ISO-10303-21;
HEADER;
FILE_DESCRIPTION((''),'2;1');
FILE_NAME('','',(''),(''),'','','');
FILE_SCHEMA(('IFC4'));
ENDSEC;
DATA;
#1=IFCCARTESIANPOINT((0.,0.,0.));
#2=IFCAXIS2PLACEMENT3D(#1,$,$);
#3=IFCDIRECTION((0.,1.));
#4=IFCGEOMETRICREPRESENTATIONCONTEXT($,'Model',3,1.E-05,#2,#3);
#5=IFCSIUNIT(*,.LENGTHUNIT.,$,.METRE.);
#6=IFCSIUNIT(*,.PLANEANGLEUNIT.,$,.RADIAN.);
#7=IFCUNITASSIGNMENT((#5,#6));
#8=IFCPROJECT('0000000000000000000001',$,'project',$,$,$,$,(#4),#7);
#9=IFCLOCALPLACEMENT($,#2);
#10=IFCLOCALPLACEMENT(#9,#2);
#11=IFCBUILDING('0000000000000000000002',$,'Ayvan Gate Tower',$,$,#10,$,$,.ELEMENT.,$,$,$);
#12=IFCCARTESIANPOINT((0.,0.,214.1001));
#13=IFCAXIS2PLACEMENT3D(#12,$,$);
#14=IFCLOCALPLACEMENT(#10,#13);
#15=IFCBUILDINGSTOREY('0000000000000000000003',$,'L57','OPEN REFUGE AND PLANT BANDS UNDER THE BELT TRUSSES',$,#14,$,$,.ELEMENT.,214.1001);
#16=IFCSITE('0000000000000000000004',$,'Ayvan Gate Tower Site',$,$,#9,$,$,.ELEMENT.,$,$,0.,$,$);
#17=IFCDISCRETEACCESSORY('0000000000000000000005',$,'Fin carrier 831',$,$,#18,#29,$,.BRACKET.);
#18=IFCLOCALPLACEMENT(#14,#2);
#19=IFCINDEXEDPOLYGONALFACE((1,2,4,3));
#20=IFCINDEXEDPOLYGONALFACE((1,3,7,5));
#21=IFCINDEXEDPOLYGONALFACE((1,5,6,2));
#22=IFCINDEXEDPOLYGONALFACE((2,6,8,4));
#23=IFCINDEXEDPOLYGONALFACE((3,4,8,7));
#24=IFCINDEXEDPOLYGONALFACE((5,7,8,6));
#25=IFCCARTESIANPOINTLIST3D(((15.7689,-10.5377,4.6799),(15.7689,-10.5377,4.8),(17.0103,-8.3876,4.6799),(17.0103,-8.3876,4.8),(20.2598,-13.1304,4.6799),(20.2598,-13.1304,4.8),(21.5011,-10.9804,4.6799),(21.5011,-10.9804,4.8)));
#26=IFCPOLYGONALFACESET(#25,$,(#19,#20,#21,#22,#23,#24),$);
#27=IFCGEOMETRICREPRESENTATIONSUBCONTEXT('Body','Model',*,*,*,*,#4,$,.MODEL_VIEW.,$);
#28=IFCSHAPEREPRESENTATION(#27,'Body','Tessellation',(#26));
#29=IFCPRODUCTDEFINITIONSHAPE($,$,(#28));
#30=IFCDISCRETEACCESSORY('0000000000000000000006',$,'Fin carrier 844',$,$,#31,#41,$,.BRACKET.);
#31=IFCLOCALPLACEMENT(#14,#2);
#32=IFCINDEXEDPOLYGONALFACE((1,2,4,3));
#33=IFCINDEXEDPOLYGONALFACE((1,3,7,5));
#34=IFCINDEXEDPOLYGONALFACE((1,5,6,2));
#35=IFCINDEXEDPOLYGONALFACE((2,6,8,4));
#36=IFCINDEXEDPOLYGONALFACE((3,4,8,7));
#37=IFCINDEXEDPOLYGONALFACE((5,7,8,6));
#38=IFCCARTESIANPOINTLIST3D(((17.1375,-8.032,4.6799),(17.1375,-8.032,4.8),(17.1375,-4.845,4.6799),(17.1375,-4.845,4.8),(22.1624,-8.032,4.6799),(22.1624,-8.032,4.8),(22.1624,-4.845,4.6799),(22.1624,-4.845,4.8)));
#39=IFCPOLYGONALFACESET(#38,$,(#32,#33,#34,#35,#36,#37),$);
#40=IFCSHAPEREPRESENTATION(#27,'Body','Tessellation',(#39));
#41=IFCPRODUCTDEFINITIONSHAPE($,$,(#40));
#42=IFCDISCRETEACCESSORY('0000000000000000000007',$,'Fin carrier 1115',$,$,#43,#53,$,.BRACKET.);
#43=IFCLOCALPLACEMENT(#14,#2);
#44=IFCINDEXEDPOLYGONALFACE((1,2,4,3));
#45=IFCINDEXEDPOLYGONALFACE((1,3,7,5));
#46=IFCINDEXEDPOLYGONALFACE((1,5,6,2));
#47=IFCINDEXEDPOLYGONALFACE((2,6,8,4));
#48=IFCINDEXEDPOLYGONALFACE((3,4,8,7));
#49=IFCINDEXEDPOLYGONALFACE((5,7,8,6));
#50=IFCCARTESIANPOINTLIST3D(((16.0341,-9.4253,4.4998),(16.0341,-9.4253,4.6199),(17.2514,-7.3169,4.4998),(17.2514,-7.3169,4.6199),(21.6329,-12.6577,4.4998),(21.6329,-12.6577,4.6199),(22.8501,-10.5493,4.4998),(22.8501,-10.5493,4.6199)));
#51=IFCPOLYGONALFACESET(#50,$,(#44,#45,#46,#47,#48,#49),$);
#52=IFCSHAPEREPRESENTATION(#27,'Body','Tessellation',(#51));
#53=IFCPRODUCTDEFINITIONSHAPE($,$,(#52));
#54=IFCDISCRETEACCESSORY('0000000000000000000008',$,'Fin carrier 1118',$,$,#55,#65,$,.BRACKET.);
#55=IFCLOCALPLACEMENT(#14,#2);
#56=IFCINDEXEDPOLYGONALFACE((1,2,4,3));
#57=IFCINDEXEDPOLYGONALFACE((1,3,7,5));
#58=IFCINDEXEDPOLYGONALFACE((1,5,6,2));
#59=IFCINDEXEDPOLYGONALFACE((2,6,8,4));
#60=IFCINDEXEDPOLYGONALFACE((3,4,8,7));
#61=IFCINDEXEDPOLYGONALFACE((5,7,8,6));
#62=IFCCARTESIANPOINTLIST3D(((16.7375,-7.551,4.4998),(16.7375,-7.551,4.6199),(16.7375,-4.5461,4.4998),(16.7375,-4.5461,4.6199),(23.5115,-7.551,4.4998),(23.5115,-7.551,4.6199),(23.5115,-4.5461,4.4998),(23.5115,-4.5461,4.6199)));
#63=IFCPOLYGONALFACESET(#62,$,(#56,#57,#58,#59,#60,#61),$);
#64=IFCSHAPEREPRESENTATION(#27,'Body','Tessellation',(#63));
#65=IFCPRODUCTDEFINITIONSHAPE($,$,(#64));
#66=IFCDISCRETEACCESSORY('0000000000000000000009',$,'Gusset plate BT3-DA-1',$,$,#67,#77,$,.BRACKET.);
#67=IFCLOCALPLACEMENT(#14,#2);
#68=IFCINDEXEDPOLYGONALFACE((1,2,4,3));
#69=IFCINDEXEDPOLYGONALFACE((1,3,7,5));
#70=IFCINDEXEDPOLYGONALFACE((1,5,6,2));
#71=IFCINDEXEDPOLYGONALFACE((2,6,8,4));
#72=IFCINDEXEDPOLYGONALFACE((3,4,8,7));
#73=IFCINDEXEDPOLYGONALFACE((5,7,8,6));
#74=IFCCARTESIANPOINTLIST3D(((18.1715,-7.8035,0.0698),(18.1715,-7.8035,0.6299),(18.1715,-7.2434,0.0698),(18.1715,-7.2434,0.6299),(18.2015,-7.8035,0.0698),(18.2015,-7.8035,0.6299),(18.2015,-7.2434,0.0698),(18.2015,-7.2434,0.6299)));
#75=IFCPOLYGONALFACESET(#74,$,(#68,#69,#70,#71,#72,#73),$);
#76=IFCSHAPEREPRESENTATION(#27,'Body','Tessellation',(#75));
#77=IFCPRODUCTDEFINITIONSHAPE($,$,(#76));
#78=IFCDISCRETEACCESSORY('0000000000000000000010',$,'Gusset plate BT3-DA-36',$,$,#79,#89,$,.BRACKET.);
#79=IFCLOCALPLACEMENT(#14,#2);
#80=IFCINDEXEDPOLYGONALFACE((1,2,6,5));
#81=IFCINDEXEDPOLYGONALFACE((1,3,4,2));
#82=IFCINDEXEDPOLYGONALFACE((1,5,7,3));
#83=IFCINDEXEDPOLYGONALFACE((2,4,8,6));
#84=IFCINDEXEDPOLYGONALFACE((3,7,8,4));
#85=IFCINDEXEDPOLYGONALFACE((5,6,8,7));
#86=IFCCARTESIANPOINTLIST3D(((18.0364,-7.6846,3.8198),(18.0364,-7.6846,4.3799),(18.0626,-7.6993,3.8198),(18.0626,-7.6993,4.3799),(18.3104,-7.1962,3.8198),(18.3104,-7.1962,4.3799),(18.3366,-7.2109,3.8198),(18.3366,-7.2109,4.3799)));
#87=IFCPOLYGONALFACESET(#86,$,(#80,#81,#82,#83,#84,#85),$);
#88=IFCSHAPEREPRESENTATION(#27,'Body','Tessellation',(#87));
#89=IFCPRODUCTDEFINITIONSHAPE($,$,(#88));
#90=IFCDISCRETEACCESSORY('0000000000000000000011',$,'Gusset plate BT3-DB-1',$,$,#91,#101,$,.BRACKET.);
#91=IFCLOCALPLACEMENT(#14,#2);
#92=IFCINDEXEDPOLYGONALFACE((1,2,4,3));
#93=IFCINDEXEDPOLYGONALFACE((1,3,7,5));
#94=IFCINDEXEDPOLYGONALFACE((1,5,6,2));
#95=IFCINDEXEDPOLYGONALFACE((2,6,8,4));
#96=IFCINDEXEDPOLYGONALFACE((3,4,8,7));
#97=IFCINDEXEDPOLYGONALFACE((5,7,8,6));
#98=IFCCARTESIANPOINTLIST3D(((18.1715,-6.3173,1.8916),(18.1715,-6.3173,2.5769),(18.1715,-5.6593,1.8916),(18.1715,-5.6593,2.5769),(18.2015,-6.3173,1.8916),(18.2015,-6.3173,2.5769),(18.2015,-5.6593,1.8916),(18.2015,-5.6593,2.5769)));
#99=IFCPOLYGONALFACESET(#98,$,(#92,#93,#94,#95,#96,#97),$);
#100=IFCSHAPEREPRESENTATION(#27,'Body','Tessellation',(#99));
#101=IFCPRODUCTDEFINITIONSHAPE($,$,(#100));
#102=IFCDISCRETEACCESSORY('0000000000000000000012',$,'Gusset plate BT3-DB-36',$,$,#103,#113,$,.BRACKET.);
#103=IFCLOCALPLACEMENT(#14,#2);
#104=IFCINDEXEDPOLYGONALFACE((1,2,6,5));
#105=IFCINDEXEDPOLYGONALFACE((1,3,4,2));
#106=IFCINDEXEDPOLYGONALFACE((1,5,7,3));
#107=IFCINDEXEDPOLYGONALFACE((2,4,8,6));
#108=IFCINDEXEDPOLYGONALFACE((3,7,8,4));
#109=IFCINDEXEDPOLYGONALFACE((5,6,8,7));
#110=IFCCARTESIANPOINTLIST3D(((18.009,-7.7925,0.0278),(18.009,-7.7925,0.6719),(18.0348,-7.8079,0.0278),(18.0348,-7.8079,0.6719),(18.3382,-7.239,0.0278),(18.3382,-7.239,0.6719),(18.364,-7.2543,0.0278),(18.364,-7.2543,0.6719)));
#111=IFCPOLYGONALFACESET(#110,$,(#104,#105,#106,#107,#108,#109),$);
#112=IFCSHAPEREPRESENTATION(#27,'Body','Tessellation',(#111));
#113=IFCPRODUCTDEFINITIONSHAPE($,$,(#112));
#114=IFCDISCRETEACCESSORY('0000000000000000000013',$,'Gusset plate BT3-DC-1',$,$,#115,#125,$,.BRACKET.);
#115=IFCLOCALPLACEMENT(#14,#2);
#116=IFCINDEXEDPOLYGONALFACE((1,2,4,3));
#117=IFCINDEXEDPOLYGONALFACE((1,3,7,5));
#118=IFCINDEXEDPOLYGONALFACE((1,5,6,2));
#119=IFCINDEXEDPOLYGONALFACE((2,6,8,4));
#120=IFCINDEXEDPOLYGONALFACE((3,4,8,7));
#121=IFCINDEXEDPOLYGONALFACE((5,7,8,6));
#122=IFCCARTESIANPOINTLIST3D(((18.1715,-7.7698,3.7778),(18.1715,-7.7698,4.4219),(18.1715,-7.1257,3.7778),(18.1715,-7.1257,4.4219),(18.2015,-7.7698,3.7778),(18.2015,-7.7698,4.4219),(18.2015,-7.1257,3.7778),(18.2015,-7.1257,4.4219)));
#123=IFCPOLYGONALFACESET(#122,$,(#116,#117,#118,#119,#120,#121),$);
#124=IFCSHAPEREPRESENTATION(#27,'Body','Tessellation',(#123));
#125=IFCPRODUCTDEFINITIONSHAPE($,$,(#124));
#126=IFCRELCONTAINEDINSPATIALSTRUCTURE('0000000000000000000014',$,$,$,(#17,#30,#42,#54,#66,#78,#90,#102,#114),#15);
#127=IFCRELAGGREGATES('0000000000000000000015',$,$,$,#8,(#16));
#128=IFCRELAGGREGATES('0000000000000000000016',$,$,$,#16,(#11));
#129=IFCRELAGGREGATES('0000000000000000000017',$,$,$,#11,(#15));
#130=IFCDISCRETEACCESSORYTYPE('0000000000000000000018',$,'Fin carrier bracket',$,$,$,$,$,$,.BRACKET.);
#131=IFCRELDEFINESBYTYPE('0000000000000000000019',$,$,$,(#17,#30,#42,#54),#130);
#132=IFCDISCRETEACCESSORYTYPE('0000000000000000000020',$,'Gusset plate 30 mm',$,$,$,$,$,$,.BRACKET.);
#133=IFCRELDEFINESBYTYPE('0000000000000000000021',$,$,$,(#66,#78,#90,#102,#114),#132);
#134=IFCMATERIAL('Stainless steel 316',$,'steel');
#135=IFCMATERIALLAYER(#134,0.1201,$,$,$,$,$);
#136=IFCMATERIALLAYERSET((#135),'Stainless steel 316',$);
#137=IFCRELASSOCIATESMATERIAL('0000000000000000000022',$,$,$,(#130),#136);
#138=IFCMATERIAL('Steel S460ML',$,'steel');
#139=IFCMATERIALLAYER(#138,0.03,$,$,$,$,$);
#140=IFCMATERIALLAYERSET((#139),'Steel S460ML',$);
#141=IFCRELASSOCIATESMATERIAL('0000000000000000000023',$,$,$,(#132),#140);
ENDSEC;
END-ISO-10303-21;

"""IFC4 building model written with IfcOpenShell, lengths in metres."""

from ifc_helpers import new_model, si_unit, direction, frame, origin, origin_2d, place, context, subcontext, project, spatial, rectangle, extrude, material, layer, layer_set, type_object, element, save


model = new_model("IFC4")

# Units and contexts
model_context = context("Model", 3, precision=1e-05, world=origin(), true_north=direction((0.0, 1.0)))
body_context = subcontext(model_context, "Body", "Model", "MODEL_VIEW")
ifc_project = project(units=[si_unit("LENGTHUNIT", "METRE"), si_unit("PLANEANGLEUNIT", "RADIAN")], contexts=[model_context])

# Site, building, storey
site_placement = place(None, origin())
site = spatial("IfcSite", under=ifc_project, at=site_placement, Name="Ayvan Gate Tower Site", CompositionType="ELEMENT", RefElevation=0.0)
building_placement = place(site_placement, origin())
building = spatial("IfcBuilding", under=site, at=building_placement, Name="Ayvan Gate Tower", CompositionType="ELEMENT")
storey_placement = place(building_placement, frame((0.0, 0.0, 214.1001)))
storey = spatial("IfcBuildingStorey", under=building, at=storey_placement, Name="L57", Description="OPEN REFUGE AND PLANT BANDS UNDER THE BELT TRUSSES", CompositionType="ELEMENT", Elevation=214.1001)

# Shared definitions
ifc_material_1 = material(Name="Steel S460ML", Category="steel")

# Discrete accessories
ifc_material_2 = material(Name="Stainless steel 316", Category="steel")
ifc_layer_1 = layer(ifc_material_2, 0.1201)
ifc_layer_set_1 = layer_set([ifc_layer_1], Name="Stainless steel 316")
discrete_accessory_type_1 = type_object("IfcDiscreteAccessoryType", Name="Fin carrier bracket", PredefinedType="BRACKET", material=ifc_layer_set_1)
discrete_accessory_1_placement = place(storey_placement, frame((18.635, -10.759, 4.6799), z_axis=(0.0, 0.0, 1.0), x_axis=(0.5, 0.866025, 0.0)))
element("IfcDiscreteAccessory", 1, at=discrete_accessory_1_placement, inside=storey, type_object=discrete_accessory_type_1, Name="Fin carrier 831", PredefinedType="BRACKET", context=body_context, shape_type="SweptSolid", body=[
    extrude(rectangle(XDim=2.4827, YDim=5.1855, at=origin_2d()), origin(), (0.0, 0.0, 1.0), 0.1201),
])
discrete_accessory_2_placement = place(storey_placement, frame((19.6499, -6.4385, 4.6799), z_axis=(0.0, 0.0, 1.0), x_axis=(0.0, 1.0, 0.0)))
element("IfcDiscreteAccessory", 2, at=discrete_accessory_2_placement, inside=storey, type_object=discrete_accessory_type_1, Name="Fin carrier 844", PredefinedType="BRACKET", context=body_context, shape_type="SweptSolid", body=[
    extrude(rectangle(XDim=3.187, YDim=5.0249, at=origin_2d()), origin(), (0.0, 0.0, 1.0), 0.1201),
])
discrete_accessory_3_placement = place(storey_placement, frame((19.4421, -9.9873, 4.4998), z_axis=(0.0, 0.0, 1.0), x_axis=(0.5, 0.866025, 0.0)))
element("IfcDiscreteAccessory", 3, at=discrete_accessory_3_placement, inside=storey, type_object=discrete_accessory_type_1, Name="Fin carrier 1115", PredefinedType="BRACKET", context=body_context, shape_type="SweptSolid", body=[
    extrude(rectangle(XDim=2.4346, YDim=6.4648, at=origin_2d()), origin(), (0.0, 0.0, 1.0), 0.1201),
])
discrete_accessory_4_placement = place(storey_placement, frame((20.1245, -6.0486, 4.4998), z_axis=(0.0, 0.0, 1.0), x_axis=(0.0, 1.0, 0.0)))
element("IfcDiscreteAccessory", 4, at=discrete_accessory_4_placement, inside=storey, type_object=discrete_accessory_type_1, Name="Fin carrier 1118", PredefinedType="BRACKET", context=body_context, shape_type="SweptSolid", body=[
    extrude(rectangle(XDim=3.0049, YDim=6.7739, at=origin_2d()), origin(), (0.0, 0.0, 1.0), 0.1201),
])
ifc_layer_2 = layer(ifc_material_1, 0.03)
ifc_layer_set_2 = layer_set([ifc_layer_2], Name="Steel S460ML")
discrete_accessory_type_2 = type_object("IfcDiscreteAccessoryType", Name="Gusset plate 30 mm", PredefinedType="BRACKET", material=ifc_layer_set_2)
for number, where, z_axis, x_axis, name in (
    (5, (18.1865, -7.5234, 0.0698), (0.0, 0.0, 1.0), (0.0, 1.0, 0.0), "Gusset plate BT3-DA-1"),
    (6, (18.1865, -7.4478, 3.8198), (0.0, 0.0, 1.0), (0.489287, 0.872123, 0.0), "Gusset plate BT3-DA-36"),
):
    element("IfcDiscreteAccessory", number, at=place(storey_placement, frame(where, z_axis=z_axis, x_axis=x_axis)), inside=storey, type_object=discrete_accessory_type_2, Name=name, PredefinedType="BRACKET", context=body_context, shape_type="SweptSolid", body=[
        extrude(rectangle(XDim=0.5601, YDim=0.03, at=origin_2d()), origin(), (0.0, 0.0, 1.0), 0.5601),
    ])
discrete_accessory_5_placement = place(storey_placement, frame((18.1865, -5.9883, 1.8916), z_axis=(0.0, 0.0, 1.0), x_axis=(0.0, 1.0, 0.0)))
element("IfcDiscreteAccessory", 7, at=discrete_accessory_5_placement, inside=storey, type_object=discrete_accessory_type_2, Name="Gusset plate BT3-DB-1", PredefinedType="BRACKET", context=body_context, shape_type="SweptSolid", body=[
    extrude(rectangle(XDim=0.658, YDim=0.03, at=origin_2d()), origin(), (0.0, 0.0, 1.0), 0.6853),
])
for number, where, z_axis, x_axis, name in (
    (8, (18.1865, -7.5234, 0.0278), (0.0, 0.0, 1.0), (0.51111, 0.859515, 0.0), "Gusset plate BT3-DB-36"),
    (9, (18.1865, -7.4478, 3.7778), (0.0, 0.0, 1.0), (0.0, 1.0, 0.0), "Gusset plate BT3-DC-1"),
):
    element("IfcDiscreteAccessory", number, at=place(storey_placement, frame(where, z_axis=z_axis, x_axis=x_axis)), inside=storey, type_object=discrete_accessory_type_2, Name=name, PredefinedType="BRACKET", context=body_context, shape_type="SweptSolid", body=[
        extrude(rectangle(XDim=0.644, YDim=0.03, at=origin_2d()), origin(), (0.0, 0.0, 1.0), 0.644),
    ])

save(model, "model.ifc")
